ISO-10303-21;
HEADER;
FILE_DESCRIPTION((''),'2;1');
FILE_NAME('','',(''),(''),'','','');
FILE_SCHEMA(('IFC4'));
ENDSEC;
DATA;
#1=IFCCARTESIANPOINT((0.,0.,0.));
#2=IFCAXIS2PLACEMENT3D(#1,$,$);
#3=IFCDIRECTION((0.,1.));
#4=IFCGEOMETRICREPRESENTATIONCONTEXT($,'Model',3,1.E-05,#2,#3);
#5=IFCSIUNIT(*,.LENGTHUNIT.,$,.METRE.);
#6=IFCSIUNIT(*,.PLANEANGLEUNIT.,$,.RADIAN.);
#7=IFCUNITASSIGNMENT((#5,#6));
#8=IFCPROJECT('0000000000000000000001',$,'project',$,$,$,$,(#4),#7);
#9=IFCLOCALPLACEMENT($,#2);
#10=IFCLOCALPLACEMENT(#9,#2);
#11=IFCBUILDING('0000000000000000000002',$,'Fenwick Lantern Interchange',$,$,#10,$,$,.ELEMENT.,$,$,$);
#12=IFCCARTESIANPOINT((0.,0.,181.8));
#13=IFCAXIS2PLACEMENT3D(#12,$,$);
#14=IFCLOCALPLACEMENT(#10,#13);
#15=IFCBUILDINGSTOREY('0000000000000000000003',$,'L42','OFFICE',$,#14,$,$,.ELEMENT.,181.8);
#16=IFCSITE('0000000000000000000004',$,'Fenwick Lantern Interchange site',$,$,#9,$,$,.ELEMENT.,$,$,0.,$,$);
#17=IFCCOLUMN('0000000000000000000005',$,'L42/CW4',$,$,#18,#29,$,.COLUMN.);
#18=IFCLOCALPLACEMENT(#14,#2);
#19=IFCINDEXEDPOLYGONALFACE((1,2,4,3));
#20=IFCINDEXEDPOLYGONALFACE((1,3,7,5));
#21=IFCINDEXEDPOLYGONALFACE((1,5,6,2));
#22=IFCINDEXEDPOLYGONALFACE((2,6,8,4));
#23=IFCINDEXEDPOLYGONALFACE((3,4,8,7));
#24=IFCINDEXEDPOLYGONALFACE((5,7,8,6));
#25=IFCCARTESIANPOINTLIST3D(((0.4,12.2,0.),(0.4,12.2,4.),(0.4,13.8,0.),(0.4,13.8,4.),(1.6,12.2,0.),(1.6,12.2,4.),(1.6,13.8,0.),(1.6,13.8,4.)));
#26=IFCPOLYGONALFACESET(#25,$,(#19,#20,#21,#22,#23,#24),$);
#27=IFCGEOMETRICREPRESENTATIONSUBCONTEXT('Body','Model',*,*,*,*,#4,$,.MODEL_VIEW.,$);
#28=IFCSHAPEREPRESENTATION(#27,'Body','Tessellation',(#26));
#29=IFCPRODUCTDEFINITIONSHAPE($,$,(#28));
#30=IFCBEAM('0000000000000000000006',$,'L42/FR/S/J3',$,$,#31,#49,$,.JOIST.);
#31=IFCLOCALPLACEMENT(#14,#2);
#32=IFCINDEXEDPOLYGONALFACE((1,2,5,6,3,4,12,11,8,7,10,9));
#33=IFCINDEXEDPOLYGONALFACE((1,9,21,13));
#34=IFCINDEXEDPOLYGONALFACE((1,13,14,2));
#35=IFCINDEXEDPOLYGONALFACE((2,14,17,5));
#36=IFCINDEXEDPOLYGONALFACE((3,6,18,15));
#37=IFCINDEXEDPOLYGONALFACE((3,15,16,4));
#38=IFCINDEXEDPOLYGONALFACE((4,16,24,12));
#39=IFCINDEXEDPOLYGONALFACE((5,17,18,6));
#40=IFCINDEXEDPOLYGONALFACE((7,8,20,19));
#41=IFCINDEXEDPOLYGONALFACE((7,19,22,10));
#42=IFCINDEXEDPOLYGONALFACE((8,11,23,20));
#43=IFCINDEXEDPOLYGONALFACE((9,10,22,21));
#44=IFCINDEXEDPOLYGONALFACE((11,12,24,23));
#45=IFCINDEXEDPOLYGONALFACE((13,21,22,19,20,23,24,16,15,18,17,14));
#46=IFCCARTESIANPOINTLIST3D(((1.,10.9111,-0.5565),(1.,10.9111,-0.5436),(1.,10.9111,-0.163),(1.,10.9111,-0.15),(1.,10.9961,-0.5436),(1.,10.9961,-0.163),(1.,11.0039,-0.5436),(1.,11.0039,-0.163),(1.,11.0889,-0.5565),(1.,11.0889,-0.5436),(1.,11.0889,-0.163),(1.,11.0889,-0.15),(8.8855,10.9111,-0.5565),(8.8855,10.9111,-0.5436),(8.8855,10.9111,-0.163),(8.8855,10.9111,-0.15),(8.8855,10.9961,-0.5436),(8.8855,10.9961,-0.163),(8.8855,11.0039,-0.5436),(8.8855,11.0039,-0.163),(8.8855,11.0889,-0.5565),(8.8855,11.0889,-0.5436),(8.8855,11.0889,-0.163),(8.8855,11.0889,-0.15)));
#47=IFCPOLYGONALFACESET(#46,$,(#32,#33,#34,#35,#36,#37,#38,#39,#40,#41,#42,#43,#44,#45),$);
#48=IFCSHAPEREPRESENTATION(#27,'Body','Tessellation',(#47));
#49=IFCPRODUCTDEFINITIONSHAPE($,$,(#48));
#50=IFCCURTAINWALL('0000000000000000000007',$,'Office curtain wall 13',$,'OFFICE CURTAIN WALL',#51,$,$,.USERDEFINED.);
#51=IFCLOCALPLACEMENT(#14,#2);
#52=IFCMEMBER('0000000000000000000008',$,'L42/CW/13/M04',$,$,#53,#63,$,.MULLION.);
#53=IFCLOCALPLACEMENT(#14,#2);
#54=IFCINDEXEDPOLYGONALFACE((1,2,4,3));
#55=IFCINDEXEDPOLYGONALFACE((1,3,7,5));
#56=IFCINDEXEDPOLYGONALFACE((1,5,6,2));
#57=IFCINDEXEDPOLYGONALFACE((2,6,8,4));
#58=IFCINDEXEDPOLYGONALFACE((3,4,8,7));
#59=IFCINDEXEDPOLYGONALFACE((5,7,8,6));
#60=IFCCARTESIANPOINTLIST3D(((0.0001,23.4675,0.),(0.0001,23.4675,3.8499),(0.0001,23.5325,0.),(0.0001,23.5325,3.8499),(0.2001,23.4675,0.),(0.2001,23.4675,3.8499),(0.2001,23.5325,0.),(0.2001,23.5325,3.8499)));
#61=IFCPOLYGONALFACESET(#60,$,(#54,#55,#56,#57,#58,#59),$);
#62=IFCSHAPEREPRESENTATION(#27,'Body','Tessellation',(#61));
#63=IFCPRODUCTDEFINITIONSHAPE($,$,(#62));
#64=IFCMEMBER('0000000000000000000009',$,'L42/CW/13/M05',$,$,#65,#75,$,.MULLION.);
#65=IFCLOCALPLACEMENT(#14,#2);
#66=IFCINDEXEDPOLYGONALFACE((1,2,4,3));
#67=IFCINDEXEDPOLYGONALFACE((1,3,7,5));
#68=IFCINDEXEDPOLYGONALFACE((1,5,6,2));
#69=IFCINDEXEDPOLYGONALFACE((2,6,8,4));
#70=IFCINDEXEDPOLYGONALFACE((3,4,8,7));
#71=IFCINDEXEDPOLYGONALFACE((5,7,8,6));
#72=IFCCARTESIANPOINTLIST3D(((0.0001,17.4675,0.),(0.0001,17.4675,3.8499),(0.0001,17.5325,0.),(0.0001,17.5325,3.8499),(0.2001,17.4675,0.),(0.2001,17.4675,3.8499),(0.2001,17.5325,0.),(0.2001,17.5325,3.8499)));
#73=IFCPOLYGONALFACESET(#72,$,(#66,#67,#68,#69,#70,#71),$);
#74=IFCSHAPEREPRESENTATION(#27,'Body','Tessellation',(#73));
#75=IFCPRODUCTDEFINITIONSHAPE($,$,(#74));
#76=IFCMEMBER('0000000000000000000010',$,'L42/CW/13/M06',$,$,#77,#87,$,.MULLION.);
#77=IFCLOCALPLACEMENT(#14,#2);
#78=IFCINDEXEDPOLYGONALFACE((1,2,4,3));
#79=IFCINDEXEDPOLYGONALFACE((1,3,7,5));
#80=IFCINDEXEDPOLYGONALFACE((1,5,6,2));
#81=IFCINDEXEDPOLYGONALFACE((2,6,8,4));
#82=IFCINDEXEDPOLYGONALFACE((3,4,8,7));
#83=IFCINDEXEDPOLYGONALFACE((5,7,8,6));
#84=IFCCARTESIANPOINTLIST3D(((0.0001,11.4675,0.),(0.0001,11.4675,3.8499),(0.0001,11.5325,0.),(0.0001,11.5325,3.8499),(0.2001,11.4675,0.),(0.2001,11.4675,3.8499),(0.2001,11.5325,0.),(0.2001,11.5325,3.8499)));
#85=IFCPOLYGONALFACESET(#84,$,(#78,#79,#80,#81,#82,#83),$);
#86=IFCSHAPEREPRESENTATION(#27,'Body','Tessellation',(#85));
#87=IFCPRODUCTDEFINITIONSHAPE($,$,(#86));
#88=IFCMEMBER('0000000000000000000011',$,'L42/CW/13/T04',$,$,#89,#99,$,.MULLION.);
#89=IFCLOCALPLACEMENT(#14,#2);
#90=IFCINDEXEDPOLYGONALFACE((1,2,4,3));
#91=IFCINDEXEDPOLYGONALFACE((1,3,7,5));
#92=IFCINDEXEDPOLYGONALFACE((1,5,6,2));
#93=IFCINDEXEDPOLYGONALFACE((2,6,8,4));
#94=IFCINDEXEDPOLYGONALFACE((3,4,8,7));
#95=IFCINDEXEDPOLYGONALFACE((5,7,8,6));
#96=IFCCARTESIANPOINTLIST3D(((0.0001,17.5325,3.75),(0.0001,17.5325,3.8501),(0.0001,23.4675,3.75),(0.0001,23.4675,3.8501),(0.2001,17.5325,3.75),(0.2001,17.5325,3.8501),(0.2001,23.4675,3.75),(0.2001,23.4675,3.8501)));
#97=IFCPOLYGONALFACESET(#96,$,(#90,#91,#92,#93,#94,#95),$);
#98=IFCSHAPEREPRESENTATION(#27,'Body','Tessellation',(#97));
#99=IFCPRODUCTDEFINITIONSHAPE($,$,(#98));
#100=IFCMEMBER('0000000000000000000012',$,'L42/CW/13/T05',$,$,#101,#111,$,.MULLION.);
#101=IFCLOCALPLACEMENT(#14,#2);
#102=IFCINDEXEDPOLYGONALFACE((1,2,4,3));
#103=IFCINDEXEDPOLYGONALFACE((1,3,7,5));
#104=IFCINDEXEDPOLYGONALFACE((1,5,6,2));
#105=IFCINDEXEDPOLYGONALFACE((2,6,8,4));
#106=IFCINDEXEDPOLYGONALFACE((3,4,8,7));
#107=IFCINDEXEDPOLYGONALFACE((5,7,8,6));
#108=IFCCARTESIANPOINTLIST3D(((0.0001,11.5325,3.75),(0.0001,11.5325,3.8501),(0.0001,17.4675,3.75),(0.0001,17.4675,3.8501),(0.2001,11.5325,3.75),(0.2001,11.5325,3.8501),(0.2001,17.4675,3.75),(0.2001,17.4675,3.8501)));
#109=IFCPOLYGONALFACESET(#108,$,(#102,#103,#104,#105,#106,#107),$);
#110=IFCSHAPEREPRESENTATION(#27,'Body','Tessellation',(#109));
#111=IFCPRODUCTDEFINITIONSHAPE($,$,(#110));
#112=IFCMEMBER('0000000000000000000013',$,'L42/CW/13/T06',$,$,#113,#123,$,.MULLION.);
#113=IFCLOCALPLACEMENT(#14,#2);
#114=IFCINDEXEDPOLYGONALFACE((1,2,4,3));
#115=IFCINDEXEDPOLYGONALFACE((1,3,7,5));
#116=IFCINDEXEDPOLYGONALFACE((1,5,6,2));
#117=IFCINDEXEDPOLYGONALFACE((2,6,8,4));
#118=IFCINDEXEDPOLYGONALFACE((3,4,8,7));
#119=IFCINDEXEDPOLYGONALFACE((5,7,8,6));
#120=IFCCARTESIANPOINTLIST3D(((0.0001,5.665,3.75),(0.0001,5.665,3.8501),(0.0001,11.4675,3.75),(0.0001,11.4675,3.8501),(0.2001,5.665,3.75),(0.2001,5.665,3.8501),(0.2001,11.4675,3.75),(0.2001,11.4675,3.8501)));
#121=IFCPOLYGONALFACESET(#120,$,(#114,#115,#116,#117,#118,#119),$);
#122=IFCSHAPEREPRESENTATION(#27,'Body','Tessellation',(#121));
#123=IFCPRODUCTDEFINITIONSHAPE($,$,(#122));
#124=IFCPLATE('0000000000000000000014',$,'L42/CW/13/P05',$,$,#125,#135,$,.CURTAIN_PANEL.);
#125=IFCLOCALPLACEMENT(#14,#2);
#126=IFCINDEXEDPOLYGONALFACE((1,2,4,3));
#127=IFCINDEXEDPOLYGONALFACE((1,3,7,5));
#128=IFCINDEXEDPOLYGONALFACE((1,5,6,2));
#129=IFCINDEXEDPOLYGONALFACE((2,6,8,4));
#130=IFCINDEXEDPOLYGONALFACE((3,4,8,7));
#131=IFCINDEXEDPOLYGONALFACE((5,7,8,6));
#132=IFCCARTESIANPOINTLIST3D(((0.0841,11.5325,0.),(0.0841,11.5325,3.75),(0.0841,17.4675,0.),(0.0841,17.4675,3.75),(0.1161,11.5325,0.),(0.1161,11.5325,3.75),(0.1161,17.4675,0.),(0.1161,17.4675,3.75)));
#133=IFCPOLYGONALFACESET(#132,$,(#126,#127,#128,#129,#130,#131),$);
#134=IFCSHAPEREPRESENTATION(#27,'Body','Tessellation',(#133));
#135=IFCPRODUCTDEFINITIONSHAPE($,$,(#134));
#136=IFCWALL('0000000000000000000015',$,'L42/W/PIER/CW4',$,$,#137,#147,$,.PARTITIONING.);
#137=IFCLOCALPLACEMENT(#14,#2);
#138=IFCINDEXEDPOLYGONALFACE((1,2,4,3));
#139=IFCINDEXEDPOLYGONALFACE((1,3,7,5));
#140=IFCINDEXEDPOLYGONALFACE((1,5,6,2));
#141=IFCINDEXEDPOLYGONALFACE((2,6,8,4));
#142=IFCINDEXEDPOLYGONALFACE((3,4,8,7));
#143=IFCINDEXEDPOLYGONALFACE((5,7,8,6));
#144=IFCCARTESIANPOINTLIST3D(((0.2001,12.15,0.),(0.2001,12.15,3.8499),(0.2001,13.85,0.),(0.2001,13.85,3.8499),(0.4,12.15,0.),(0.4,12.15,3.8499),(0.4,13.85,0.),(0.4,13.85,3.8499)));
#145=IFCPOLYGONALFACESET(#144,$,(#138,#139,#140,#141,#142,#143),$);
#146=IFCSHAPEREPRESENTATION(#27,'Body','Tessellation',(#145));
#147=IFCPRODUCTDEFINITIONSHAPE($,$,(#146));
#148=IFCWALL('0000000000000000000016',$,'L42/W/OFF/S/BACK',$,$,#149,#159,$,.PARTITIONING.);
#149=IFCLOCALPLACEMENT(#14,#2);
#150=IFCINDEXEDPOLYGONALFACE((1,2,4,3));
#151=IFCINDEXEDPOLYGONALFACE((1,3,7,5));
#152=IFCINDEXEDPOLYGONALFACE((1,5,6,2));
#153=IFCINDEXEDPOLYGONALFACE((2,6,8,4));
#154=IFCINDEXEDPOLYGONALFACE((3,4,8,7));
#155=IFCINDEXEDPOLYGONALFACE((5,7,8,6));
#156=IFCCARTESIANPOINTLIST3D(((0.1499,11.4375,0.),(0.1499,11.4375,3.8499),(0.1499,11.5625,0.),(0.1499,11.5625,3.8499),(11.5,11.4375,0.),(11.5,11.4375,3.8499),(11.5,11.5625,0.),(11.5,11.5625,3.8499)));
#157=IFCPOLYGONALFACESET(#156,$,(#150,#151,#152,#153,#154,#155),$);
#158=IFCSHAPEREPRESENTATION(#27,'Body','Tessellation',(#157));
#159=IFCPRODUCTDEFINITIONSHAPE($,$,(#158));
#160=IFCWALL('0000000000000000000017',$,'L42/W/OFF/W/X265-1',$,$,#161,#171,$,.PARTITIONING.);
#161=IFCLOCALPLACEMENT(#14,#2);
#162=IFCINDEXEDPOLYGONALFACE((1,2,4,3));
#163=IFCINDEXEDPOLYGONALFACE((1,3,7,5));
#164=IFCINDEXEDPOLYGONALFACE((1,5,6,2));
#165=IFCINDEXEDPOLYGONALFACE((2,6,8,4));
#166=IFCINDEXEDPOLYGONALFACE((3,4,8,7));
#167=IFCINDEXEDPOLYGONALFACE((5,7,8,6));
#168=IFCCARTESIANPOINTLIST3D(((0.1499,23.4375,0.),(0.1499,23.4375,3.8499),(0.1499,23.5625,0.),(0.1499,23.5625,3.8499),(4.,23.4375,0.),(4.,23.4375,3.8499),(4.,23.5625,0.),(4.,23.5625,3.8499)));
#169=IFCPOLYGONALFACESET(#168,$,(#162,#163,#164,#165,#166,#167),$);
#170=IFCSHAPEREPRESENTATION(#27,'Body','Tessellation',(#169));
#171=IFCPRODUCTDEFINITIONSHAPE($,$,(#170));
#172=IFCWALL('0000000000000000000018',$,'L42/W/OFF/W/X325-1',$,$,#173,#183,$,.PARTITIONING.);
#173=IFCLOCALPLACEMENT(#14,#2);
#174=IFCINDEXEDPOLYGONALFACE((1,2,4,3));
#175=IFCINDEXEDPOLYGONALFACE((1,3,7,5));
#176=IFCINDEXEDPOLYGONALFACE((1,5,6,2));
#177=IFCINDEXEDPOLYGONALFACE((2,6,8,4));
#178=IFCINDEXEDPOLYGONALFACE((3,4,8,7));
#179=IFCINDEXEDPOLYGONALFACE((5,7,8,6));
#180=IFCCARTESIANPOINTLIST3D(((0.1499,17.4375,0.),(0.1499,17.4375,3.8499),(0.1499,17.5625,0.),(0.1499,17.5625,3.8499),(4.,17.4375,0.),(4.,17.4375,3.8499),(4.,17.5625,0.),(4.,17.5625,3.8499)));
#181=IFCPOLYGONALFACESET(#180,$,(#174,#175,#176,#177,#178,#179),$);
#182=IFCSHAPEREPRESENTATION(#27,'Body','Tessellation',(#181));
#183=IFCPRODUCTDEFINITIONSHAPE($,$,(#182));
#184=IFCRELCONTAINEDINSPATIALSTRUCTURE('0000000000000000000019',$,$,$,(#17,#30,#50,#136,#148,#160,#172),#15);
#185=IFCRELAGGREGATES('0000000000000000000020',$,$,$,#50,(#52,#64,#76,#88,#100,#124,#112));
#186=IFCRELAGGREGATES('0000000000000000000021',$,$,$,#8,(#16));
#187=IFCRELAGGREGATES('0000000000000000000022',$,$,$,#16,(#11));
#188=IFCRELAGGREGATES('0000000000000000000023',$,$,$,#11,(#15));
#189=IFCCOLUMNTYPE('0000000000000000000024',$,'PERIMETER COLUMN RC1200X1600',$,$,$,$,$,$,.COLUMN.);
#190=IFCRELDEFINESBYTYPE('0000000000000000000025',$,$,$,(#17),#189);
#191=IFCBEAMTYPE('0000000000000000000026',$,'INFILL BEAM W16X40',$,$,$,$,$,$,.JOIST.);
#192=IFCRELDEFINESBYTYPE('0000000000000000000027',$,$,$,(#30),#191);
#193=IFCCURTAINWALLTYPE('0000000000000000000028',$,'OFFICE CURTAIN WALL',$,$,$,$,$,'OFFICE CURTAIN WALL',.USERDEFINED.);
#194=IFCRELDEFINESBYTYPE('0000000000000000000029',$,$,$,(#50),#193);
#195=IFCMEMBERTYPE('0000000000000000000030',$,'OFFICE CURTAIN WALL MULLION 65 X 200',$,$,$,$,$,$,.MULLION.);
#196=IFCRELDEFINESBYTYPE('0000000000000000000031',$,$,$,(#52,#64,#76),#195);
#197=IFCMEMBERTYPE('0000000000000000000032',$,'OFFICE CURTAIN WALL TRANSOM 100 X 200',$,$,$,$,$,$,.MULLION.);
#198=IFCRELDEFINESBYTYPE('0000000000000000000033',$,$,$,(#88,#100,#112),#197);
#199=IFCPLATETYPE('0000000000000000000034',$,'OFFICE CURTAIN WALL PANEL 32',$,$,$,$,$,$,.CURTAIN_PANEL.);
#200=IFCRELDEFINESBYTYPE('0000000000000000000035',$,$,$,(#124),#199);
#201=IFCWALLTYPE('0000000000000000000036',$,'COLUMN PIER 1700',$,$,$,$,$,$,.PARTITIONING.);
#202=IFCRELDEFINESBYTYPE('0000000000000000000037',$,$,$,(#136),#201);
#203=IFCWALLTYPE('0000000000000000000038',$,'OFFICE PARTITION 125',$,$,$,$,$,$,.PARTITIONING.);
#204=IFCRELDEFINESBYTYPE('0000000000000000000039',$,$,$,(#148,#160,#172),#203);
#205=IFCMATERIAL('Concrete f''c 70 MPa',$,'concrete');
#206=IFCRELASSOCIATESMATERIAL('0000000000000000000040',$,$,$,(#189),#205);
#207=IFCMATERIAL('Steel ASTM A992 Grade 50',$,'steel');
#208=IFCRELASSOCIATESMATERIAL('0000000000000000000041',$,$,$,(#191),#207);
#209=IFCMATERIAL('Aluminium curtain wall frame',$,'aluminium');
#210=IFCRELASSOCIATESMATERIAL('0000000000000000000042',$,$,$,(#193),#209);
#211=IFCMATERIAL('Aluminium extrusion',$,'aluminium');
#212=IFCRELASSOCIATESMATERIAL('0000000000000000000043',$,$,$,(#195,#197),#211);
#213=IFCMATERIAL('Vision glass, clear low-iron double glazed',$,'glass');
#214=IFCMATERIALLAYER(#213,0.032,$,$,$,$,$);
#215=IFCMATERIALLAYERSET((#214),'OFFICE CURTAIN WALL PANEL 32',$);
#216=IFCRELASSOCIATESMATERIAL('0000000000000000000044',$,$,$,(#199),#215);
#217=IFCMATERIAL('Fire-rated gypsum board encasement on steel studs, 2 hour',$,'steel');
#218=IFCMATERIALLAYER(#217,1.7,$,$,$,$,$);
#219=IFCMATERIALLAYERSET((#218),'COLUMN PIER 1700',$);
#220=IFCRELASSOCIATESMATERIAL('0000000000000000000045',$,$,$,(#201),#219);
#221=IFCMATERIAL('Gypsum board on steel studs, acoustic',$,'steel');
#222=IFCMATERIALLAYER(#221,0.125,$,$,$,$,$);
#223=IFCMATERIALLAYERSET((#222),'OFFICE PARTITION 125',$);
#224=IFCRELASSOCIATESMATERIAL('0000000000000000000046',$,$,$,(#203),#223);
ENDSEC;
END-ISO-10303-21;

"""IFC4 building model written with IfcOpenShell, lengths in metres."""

from ifc_helpers import new_model, si_unit, direction, frame, frame_2d, origin, origin_2d, place, context, subcontext, project, spatial, rectangle, i_section, extrude, material, layer, layer_set, material_profile, profile_set, type_object, element, aggregate, save


model = new_model("IFC4")

# Units and contexts
model_context = context("Model", 3, precision=1e-05, world=origin(), true_north=direction((0.0, 1.0)))
body_context = subcontext(model_context, "Body", "Model", "MODEL_VIEW")
ifc_project = project(units=[si_unit("LENGTHUNIT", "METRE"), si_unit("PLANEANGLEUNIT", "RADIAN")], contexts=[model_context])

# Site, building, storey
site_placement = place(None, origin())
site = spatial("IfcSite", under=ifc_project, at=site_placement, Name="Fenwick Lantern Interchange site", CompositionType="ELEMENT", RefElevation=0.0)
building_placement = place(site_placement, origin())
building = spatial("IfcBuilding", under=site, at=building_placement, Name="Fenwick Lantern Interchange", CompositionType="ELEMENT")
storey_placement = place(building_placement, frame((0.0, 0.0, 181.8)))
storey = spatial("IfcBuildingStorey", under=building, at=storey_placement, Name="L42", Description="OFFICE", CompositionType="ELEMENT", Elevation=181.8)

# Column
ifc_material_1 = material(Name="Concrete f'c 70 MPa", Category="concrete")
ifc_material_profile_1 = material_profile(ifc_material_1, rectangle(XDim=1.2, YDim=1.6001, at=origin_2d()), Name="RC1200X1600")
ifc_profile_set_1 = profile_set([ifc_material_profile_1], Name="Concrete f'c 70 MPa")
column_type = type_object("IfcColumnType", Name="PERIMETER COLUMN RC1200X1600", PredefinedType="COLUMN", material=ifc_profile_set_1)
column_placement = place(storey_placement, frame((1.0, 13.0, 0.0), z_axis=(0.0, 0.0, 1.0), x_axis=(1.0, 0.0, 0.0)))
element("IfcColumn", 1, at=column_placement, inside=storey, type_object=column_type, Name="L42/CW4", PredefinedType="COLUMN", context=body_context, shape_type="SweptSolid", body=[
    extrude(rectangle(XDim=1.2, YDim=1.6001, at=origin_2d()), origin(), (0.0, 0.0, 1.0), 4.0),
])

# Beam
ifc_material_2 = material(Name="Steel ASTM A992 Grade 50", Category="steel")
ifc_material_profile_2 = material_profile(ifc_material_2, i_section(OverallWidth=0.1777, OverallDepth=0.4065, WebThickness=0.0078, FlangeThickness=0.0129, at=origin_2d()), Name="W16X40")
ifc_profile_set_2 = profile_set([ifc_material_profile_2], Name="Steel ASTM A992 Grade 50")
beam_type = type_object("IfcBeamType", Name="INFILL BEAM W16X40", PredefinedType="JOIST", material=ifc_profile_set_2)
beam_placement = place(storey_placement, frame((1.0, 11.0, -0.3533), z_axis=(1.0, 0.0, 0.0), x_axis=(0.0, 1.0, 0.0)))
element("IfcBeam", 2, at=beam_placement, inside=storey, type_object=beam_type, Name="L42/FR/S/J3", PredefinedType="JOIST", context=body_context, shape_type="SweptSolid", body=[
    extrude(i_section(OverallWidth=0.1777, OverallDepth=0.4065, WebThickness=0.0078, FlangeThickness=0.0129, at=origin_2d()), origin(), (0.0, 0.0, 1.0), 7.8855),
])

# Curtain wall, members, plate
ifc_material_3 = material(Name="Aluminium curtain wall frame", Category="aluminium")
curtain_wall_type = type_object("IfcCurtainWallType", Name="OFFICE CURTAIN WALL", ElementType="OFFICE CURTAIN WALL", PredefinedType="USERDEFINED", material=ifc_material_3)
curtain_wall_placement = place(storey_placement, origin())
curtain_wall = element("IfcCurtainWall", 3, at=curtain_wall_placement, inside=storey, type_object=curtain_wall_type, Name="Office curtain wall 13", ObjectType="OFFICE CURTAIN WALL", PredefinedType="USERDEFINED")
ifc_material_4 = material(Name="Aluminium extrusion", Category="aluminium")
ifc_material_profile_3 = material_profile(ifc_material_4, rectangle(XDim=0.2, YDim=0.0649, at=origin_2d()), Name="OFFICE CURTAIN WALL MULLION 65 X 200")
ifc_profile_set_3 = profile_set([ifc_material_profile_3], Name="Aluminium extrusion")
member_type_1 = type_object("IfcMemberType", Name="OFFICE CURTAIN WALL MULLION 65 X 200", PredefinedType="MULLION", material=ifc_profile_set_3)
member_1_placement = place(storey_placement, frame((0.1001, 23.5, 0.0), z_axis=(0.0, 0.0, 1.0), x_axis=(1.0, 0.0, 0.0)))
member_1 = element("IfcMember", 4, at=member_1_placement, type_object=member_type_1, Name="L42/CW/13/M04", PredefinedType="MULLION", context=body_context, shape_type="SweptSolid", body=[
    extrude(rectangle(XDim=0.2, YDim=0.0649, at=origin_2d()), origin(), (0.0, 0.0, 1.0), 3.8499),
])
member_2_placement = place(storey_placement, frame((0.1001, 17.5, 0.0), z_axis=(0.0, 0.0, 1.0), x_axis=(1.0, 0.0, 0.0)))
member_2 = element("IfcMember", 5, at=member_2_placement, type_object=member_type_1, Name="L42/CW/13/M05", PredefinedType="MULLION", context=body_context, shape_type="SweptSolid", body=[
    extrude(rectangle(XDim=0.2, YDim=0.0649, at=origin_2d()), origin(), (0.0, 0.0, 1.0), 3.8499),
])
member_3_placement = place(storey_placement, frame((0.1001, 11.5, 0.0), z_axis=(0.0, 0.0, 1.0), x_axis=(1.0, 0.0, 0.0)))
member_3 = element("IfcMember", 6, at=member_3_placement, type_object=member_type_1, Name="L42/CW/13/M06", PredefinedType="MULLION", context=body_context, shape_type="SweptSolid", body=[
    extrude(rectangle(XDim=0.2, YDim=0.0649, at=origin_2d()), origin(), (0.0, 0.0, 1.0), 3.8499),
])
ifc_material_profile_4 = material_profile(ifc_material_4, rectangle(XDim=0.2, YDim=0.1001, at=origin_2d()), Name="OFFICE CURTAIN WALL TRANSOM 100 X 200")
ifc_profile_set_4 = profile_set([ifc_material_profile_4], Name="Aluminium extrusion")
member_type_2 = type_object("IfcMemberType", Name="OFFICE CURTAIN WALL TRANSOM 100 X 200", PredefinedType="MULLION", material=ifc_profile_set_4)
member_4_placement = place(storey_placement, frame((0.1001, 23.4675, 3.8), z_axis=(0.0, -1.0, 0.0), x_axis=(1.0, 0.0, 0.0)))
member_4 = element("IfcMember", 7, at=member_4_placement, type_object=member_type_2, Name="L42/CW/13/T04", PredefinedType="MULLION", context=body_context, shape_type="SweptSolid", body=[
    extrude(rectangle(XDim=0.2, YDim=0.1001, at=origin_2d()), origin(), (0.0, 0.0, 1.0), 5.9351),
])
member_5_placement = place(storey_placement, frame((0.1001, 17.4675, 3.8), z_axis=(0.0, -1.0, 0.0), x_axis=(1.0, 0.0, 0.0)))
member_5 = element("IfcMember", 8, at=member_5_placement, type_object=member_type_2, Name="L42/CW/13/T05", PredefinedType="MULLION", context=body_context, shape_type="SweptSolid", body=[
    extrude(rectangle(XDim=0.2, YDim=0.1001, at=origin_2d()), origin(), (0.0, 0.0, 1.0), 5.9351),
])
member_6_placement = place(storey_placement, frame((0.1001, 11.4675, 3.8), z_axis=(0.0, -1.0, 0.0), x_axis=(1.0, 0.0, 0.0)))
member_6 = element("IfcMember", 9, at=member_6_placement, type_object=member_type_2, Name="L42/CW/13/T06", PredefinedType="MULLION", context=body_context, shape_type="SweptSolid", body=[
    extrude(rectangle(XDim=0.2, YDim=0.1001, at=origin_2d()), origin(), (0.0, 0.0, 1.0), 5.8025),
])
ifc_material_5 = material(Name="Vision glass, clear low-iron double glazed", Category="glass")
ifc_layer_1 = layer(ifc_material_5, 0.032)
ifc_layer_set_1 = layer_set([ifc_layer_1], Name="OFFICE CURTAIN WALL PANEL 32")
plate_type = type_object("IfcPlateType", Name="OFFICE CURTAIN WALL PANEL 32", PredefinedType="CURTAIN_PANEL", material=ifc_layer_set_1)
plate_placement = place(storey_placement, frame((0.1001, 14.5, 0.0), z_axis=(0.0, 0.0, 1.0), x_axis=(0.0, -1.0, 0.0)))
plate = element("IfcPlate", 10, at=plate_placement, type_object=plate_type, Name="L42/CW/13/P05", PredefinedType="CURTAIN_PANEL", context=body_context, shape_type="SweptSolid", body=[
    extrude(rectangle(XDim=5.9351, YDim=0.032, at=origin_2d()), origin(), (0.0, 0.0, 1.0), 3.75),
])
aggregate(curtain_wall, [member_1, member_2, member_3, member_4, member_5, plate, member_6])

# Walls
ifc_material_6 = material(Name="Fire-rated gypsum board encasement on steel studs, 2 hour", Category="steel")
ifc_layer_2 = layer(ifc_material_6, 1.7)
ifc_layer_set_2 = layer_set([ifc_layer_2], Name="COLUMN PIER 1700")
wall_type_1 = type_object("IfcWallType", Name="COLUMN PIER 1700", PredefinedType="PARTITIONING", material=ifc_layer_set_2)
wall_1_placement = place(storey_placement, frame((0.2, 13.0, 0.0), z_axis=(0.0, 0.0, 1.0), x_axis=(1.0, 0.0, 0.0)))
element("IfcWall", 11, at=wall_1_placement, inside=storey, type_object=wall_type_1, Name="L42/W/PIER/CW4", PredefinedType="PARTITIONING", context=body_context, shape_type="SweptSolid", body=[
    extrude(rectangle(XDim=0.2, YDim=1.7, at=frame_2d((0.1001, 0.0))), origin(), (0.0, 0.0, 1.0), 3.8499),
])
ifc_material_7 = material(Name="Gypsum board on steel studs, acoustic", Category="steel")
ifc_layer_3 = layer(ifc_material_7, 0.125)
ifc_layer_set_3 = layer_set([ifc_layer_3], Name="OFFICE PARTITION 125")
wall_type_2 = type_object("IfcWallType", Name="OFFICE PARTITION 125", PredefinedType="PARTITIONING", material=ifc_layer_set_3)
wall_2_placement = place(storey_placement, frame((0.1499, 11.5, 0.0), z_axis=(0.0, 0.0, 1.0), x_axis=(1.0, 0.0, 0.0)))
element("IfcWall", 12, at=wall_2_placement, inside=storey, type_object=wall_type_2, Name="L42/W/OFF/S/BACK", PredefinedType="PARTITIONING", context=body_context, shape_type="SweptSolid", body=[
    extrude(rectangle(XDim=11.3501, YDim=0.125, at=frame_2d((5.675, 0.0))), origin(), (0.0, 0.0, 1.0), 3.8499),
])
for number, where, z_axis, x_axis, name in (
    (13, (0.1499, 23.5, 0.0), (0.0, 0.0, 1.0), (1.0, 0.0, 0.0), "L42/W/OFF/W/X265-1"),
    (14, (0.1499, 17.5, 0.0), (0.0, 0.0, 1.0), (1.0, 0.0, 0.0), "L42/W/OFF/W/X325-1"),
):
    element("IfcWall", number, at=place(storey_placement, frame(where, z_axis=z_axis, x_axis=x_axis)), inside=storey, type_object=wall_type_2, Name=name, PredefinedType="PARTITIONING", context=body_context, shape_type="SweptSolid", body=[
        extrude(rectangle(XDim=3.8501, YDim=0.125, at=frame_2d((1.925, 0.0))), origin(), (0.0, 0.0, 1.0), 3.8499),
    ])

save(model, "model.ifc")
